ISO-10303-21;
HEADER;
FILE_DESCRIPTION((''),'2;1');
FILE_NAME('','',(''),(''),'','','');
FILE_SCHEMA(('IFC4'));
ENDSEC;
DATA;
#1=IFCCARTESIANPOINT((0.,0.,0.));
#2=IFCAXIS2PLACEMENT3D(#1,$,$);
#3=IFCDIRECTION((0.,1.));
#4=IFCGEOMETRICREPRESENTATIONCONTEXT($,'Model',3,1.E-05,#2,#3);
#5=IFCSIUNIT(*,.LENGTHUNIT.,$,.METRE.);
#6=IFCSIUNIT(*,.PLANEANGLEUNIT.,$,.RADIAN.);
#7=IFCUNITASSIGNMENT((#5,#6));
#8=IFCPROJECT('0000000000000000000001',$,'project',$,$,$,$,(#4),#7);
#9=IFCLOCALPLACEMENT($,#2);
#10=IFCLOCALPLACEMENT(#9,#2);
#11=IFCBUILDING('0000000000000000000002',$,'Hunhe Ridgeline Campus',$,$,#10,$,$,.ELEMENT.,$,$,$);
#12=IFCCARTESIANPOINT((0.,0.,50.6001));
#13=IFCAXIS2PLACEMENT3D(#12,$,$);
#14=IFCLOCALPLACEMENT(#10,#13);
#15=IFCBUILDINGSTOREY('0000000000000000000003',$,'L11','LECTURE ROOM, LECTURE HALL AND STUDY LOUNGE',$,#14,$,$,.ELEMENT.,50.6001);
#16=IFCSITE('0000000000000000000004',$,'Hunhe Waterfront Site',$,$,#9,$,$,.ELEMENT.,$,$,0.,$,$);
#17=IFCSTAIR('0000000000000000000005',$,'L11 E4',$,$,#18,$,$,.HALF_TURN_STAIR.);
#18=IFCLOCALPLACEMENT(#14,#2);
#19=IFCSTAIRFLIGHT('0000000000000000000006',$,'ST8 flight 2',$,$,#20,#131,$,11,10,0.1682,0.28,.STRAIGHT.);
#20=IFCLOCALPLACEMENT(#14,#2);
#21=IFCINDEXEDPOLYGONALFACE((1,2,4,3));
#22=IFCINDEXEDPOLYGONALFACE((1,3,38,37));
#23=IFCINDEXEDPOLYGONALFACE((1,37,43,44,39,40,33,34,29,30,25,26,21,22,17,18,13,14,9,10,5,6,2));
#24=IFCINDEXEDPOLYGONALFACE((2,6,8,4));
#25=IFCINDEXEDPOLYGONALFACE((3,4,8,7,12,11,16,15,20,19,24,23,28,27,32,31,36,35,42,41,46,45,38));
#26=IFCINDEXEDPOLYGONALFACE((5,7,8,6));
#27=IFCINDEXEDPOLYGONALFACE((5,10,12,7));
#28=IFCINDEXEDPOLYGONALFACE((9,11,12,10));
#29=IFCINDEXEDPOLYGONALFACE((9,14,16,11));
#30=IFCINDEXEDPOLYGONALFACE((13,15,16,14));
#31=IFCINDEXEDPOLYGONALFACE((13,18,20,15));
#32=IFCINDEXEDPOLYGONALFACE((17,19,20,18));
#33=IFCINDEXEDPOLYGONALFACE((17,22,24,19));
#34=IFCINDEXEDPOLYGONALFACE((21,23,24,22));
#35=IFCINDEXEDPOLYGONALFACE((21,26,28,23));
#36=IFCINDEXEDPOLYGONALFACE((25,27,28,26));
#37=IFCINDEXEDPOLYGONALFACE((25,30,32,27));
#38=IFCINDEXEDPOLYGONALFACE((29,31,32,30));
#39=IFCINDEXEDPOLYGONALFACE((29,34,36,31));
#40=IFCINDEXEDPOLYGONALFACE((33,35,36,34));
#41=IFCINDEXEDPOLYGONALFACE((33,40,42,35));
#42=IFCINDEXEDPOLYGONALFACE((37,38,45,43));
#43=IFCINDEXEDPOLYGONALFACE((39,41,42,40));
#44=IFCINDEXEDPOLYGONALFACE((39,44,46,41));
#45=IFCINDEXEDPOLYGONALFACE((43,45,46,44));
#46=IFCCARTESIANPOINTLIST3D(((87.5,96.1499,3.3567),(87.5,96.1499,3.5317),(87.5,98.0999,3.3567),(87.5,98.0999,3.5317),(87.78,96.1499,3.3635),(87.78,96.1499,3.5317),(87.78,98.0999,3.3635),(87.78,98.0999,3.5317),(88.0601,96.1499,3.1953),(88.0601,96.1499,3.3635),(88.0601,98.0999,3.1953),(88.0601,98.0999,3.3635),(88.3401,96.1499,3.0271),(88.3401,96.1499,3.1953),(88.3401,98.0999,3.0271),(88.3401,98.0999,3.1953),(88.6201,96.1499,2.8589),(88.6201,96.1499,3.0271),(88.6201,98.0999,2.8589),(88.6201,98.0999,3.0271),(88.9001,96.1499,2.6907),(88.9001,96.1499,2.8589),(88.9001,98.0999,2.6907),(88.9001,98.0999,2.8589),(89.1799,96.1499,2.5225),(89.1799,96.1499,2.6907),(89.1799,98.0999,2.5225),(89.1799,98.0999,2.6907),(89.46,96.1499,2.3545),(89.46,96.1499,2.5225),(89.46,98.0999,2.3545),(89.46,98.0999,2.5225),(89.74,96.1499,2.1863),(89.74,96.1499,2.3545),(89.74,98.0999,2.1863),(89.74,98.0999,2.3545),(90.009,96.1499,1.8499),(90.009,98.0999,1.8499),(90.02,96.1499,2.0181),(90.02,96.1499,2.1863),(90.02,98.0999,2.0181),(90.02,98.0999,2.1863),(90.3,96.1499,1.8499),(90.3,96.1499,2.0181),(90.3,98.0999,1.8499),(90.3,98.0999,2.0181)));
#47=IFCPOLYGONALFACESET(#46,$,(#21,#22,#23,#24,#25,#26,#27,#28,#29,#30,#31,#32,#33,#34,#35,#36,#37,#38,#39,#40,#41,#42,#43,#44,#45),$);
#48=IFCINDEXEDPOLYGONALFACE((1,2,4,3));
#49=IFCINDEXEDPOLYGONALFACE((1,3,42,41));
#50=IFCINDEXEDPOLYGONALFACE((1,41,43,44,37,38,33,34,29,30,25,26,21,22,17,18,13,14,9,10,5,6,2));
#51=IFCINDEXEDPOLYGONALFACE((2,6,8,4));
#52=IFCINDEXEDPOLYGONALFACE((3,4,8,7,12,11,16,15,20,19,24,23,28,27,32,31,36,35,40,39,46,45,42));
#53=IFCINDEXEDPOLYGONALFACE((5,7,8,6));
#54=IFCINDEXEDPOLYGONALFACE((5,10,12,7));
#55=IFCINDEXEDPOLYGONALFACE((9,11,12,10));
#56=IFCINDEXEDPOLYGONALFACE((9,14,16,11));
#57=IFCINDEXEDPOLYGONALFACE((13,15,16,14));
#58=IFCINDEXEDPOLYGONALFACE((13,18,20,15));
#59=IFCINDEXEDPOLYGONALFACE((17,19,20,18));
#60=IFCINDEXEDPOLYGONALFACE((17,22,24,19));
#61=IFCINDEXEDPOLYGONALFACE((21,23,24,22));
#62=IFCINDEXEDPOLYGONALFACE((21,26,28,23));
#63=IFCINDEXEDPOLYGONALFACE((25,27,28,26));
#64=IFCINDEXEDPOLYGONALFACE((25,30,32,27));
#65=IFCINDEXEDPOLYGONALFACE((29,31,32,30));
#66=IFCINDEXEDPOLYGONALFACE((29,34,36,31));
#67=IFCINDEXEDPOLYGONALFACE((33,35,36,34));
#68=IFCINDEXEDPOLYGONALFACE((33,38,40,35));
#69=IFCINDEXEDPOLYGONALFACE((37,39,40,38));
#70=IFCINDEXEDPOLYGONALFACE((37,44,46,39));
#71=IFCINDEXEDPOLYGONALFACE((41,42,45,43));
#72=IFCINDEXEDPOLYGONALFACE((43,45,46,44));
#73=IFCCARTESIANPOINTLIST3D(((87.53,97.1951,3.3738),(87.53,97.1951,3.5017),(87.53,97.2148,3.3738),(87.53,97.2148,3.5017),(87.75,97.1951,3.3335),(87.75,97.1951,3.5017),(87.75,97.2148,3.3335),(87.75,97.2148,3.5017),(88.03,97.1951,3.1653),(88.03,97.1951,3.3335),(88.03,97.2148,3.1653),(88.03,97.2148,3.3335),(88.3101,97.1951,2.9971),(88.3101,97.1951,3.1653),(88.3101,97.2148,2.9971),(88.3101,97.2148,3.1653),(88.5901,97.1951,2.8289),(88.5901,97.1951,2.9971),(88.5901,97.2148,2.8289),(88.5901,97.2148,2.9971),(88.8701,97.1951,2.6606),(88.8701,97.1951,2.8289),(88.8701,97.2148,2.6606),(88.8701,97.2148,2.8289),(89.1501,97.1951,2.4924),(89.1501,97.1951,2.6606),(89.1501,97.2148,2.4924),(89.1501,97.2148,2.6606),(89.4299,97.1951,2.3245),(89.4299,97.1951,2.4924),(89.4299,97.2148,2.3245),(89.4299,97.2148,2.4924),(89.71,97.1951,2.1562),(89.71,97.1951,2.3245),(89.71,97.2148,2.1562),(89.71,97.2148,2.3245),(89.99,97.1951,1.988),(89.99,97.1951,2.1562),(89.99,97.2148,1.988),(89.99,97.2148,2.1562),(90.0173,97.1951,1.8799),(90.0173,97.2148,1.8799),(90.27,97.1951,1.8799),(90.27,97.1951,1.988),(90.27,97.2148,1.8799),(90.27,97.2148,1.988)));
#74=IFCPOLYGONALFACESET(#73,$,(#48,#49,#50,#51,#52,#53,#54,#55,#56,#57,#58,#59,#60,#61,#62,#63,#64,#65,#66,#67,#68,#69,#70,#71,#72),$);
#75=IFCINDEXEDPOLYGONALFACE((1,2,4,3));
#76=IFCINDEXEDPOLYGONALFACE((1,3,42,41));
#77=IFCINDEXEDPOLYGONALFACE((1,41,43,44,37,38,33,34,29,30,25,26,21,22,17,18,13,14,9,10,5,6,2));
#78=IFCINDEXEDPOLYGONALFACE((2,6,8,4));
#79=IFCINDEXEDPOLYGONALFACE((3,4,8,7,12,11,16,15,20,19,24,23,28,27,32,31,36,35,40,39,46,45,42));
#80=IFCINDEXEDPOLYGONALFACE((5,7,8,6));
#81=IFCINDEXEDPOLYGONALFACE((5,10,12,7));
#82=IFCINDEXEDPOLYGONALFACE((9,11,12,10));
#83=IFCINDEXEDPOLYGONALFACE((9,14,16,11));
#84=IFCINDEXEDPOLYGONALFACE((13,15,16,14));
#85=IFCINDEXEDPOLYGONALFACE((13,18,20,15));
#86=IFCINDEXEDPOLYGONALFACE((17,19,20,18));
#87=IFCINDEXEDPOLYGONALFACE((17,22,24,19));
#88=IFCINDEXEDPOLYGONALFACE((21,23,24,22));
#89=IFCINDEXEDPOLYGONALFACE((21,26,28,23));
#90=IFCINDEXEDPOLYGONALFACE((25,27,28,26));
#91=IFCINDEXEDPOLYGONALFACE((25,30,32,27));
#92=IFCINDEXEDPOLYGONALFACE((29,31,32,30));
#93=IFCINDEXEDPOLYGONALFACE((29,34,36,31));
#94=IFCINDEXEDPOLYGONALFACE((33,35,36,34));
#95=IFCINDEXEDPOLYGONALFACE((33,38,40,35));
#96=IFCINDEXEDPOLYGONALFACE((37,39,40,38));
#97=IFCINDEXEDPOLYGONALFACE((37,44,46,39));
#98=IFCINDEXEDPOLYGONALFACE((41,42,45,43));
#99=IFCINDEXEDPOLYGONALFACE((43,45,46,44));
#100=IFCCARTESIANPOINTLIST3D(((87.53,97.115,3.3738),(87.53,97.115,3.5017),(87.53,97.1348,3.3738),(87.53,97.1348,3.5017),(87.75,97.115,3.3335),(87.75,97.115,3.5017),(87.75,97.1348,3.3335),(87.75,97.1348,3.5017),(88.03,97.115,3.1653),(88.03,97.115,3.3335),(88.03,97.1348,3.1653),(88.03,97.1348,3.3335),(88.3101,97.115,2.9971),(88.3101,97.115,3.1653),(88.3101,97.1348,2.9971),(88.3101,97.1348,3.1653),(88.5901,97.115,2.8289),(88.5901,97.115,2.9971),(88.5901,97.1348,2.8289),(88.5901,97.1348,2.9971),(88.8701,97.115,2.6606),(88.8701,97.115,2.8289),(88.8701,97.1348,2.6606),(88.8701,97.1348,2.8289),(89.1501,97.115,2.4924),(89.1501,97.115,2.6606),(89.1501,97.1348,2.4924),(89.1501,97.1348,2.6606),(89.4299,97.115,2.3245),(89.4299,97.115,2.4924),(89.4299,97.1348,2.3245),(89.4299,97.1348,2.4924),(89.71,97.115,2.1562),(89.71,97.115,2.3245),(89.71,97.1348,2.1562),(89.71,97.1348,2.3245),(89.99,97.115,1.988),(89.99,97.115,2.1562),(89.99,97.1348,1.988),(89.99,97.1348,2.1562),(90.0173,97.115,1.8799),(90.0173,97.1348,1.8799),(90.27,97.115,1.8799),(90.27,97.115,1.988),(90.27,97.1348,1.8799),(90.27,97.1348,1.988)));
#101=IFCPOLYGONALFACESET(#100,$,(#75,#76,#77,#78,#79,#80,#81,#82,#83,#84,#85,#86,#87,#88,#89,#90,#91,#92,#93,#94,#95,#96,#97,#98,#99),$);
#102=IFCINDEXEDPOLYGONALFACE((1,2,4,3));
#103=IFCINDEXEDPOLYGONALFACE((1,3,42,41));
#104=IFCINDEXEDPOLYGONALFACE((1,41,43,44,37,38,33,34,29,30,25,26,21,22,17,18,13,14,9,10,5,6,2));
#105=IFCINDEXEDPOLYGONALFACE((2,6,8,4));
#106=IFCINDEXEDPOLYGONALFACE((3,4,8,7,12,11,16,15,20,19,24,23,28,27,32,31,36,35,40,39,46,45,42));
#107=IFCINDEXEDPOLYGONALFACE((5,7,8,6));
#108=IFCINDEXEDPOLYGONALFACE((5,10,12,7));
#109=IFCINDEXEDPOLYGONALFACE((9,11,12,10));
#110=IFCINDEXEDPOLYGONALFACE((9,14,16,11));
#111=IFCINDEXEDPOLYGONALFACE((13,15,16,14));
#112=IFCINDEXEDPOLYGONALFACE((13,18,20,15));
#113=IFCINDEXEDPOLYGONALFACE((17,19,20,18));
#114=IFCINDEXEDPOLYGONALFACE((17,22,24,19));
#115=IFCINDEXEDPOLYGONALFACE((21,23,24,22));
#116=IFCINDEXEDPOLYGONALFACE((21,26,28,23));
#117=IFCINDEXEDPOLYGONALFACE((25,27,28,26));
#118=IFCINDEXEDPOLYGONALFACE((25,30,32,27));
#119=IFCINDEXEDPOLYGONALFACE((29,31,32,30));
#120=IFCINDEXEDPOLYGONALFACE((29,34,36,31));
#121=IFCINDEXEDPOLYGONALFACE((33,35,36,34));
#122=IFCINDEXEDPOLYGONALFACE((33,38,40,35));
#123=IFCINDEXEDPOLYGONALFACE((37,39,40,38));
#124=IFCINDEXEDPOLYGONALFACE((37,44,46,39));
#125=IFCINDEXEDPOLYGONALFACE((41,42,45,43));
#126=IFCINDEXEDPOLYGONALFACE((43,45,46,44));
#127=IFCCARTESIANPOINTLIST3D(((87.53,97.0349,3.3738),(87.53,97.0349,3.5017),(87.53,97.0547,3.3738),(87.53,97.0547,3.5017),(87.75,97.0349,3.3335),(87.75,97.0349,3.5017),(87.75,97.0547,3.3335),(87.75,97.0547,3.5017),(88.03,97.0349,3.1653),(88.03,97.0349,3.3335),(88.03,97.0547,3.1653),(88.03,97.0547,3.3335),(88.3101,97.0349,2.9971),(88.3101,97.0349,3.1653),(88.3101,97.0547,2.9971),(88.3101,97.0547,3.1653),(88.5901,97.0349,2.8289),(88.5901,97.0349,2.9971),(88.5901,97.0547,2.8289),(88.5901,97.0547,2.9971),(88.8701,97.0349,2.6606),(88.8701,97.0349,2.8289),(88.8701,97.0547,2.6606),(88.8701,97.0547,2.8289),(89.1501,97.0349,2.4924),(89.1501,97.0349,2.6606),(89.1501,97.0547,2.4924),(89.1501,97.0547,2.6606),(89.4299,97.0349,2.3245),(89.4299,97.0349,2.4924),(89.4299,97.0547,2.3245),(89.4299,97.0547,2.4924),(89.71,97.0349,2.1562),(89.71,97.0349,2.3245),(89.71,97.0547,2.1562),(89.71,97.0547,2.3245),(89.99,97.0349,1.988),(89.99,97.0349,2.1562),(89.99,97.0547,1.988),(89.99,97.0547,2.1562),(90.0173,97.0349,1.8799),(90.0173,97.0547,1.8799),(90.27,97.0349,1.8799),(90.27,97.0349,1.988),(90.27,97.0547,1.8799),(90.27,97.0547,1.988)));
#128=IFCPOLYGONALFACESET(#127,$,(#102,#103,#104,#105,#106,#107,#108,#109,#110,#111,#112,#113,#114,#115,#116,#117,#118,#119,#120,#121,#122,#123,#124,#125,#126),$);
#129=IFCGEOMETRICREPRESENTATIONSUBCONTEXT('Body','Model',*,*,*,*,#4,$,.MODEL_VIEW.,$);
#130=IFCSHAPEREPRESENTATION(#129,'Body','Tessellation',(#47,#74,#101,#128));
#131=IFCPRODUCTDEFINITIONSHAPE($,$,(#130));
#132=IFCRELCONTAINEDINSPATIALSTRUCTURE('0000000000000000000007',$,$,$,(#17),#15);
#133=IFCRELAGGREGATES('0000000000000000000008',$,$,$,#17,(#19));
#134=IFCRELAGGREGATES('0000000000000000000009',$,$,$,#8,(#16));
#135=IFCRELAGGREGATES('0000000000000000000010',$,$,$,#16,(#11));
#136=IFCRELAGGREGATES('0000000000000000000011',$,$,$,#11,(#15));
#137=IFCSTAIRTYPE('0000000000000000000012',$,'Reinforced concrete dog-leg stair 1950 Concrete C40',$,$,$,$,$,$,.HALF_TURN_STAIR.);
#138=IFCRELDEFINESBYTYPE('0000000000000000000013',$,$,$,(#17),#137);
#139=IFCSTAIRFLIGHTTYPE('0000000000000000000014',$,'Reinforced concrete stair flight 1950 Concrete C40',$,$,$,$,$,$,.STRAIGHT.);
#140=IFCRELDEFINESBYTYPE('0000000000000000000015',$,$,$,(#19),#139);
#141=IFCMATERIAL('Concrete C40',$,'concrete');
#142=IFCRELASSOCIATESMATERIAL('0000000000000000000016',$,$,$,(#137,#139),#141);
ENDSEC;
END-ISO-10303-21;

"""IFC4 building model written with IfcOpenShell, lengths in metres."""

from ifc_helpers import new_model, si_unit, direction, frame, origin, place, context, subcontext, project, spatial, polyline, outline, extrude, material, type_object, element, aggregate, save


model = new_model("IFC4")

# Units and contexts
model_context = context("Model", 3, precision=1e-05, world=origin(), true_north=direction((0.0, 1.0)))
body_context = subcontext(model_context, "Body", "Model", "MODEL_VIEW")
ifc_project = project(units=[si_unit("LENGTHUNIT", "METRE"), si_unit("PLANEANGLEUNIT", "RADIAN")], contexts=[model_context])

# Site, building, storey
site_placement = place(None, origin())
site = spatial("IfcSite", under=ifc_project, at=site_placement, Name="Hunhe Waterfront Site", CompositionType="ELEMENT", RefElevation=0.0)
building_placement = place(site_placement, origin())
building = spatial("IfcBuilding", under=site, at=building_placement, Name="Hunhe Ridgeline Campus", CompositionType="ELEMENT")
storey_placement = place(building_placement, frame((0.0, 0.0, 50.6001)))
storey = spatial("IfcBuildingStorey", under=building, at=storey_placement, Name="L11", Description="LECTURE ROOM, LECTURE HALL AND STUDY LOUNGE", CompositionType="ELEMENT", Elevation=50.6001)

# Stair, stair flight
ifc_material_1 = material(Name="Concrete C40", Category="concrete")
stair_type = type_object("IfcStairType", Name="Reinforced concrete dog-leg stair 1950 Concrete C40", PredefinedType="HALF_TURN_STAIR", material=ifc_material_1)
stair_placement = place(storey_placement, origin())
stair = element("IfcStair", 1, at=stair_placement, inside=storey, type_object=stair_type, Name="L11 E4", PredefinedType="HALF_TURN_STAIR")
stair_flight_type = type_object("IfcStairFlightType", Name="Reinforced concrete stair flight 1950 Concrete C40", PredefinedType="STRAIGHT", material=ifc_material_1)
stair_flight_1_placement = place(storey_placement, frame((90.3, 97.125, 1.8499), z_axis=(0.0, 0.0, 1.0), x_axis=(-1.0, 0.0, 0.0)))
stair_flight_1 = element("IfcStairFlight", 2, at=stair_flight_1_placement, type_object=stair_flight_type, Name="ST8 flight 2", NumberOfRisers=11, NumberOfTreads=10, PredefinedType="STRAIGHT", RiserHeight=0.1682, TreadLength=0.28, context=body_context, shape_type="SweptSolid", body=[
    extrude(outline(polyline([(0.0, 0.0), (0.0, 0.1682), (0.28, 0.1682), (0.28, 0.3364), (0.5601, 0.3364), (0.5601, 0.5046), (0.8401, 0.5046), (0.8401, 0.6726), (1.1201, 0.6726), (1.1201, 0.8408), (1.3999, 0.8408), (1.3999, 1.009), (1.6799, 1.009), (1.6799, 1.1772), (1.96, 1.1772), (1.96, 1.3455), (2.24, 1.3455), (2.24, 1.5137), (2.52, 1.5137), (2.52, 1.6819), (2.8, 1.6819), (2.8, 1.8501), (2.8, 1.5068), (0.291, 0.0), (0.0, 0.0)])), frame((0.0, 0.9751, 0.0), z_axis=(0.0, -1.0, 0.0), x_axis=(1.0, 0.0, 0.0)), (0.0, 0.0, 1.0), 1.95),
    extrude(outline(polyline([(0.03, 0.03), (0.03, 0.1382), (0.3101, 0.1382), (0.3101, 0.3064), (0.5901, 0.3064), (0.5901, 0.4746), (0.8701, 0.4746), (0.8701, 0.6426), (1.1499, 0.6426), (1.1499, 0.8108), (1.4299, 0.8108), (1.4299, 0.979), (1.71, 0.979), (1.71, 1.1472), (1.99, 1.1472), (1.99, 1.3154), (2.27, 1.3154), (2.27, 1.4836), (2.55, 1.4836), (2.55, 1.6519), (2.77, 1.6519), (2.77, 1.5239), (0.2827, 0.03), (0.03, 0.03)])), frame((0.0, -0.0701, 0.0), z_axis=(0.0, -1.0, 0.0), x_axis=(1.0, 0.0, 0.0)), (0.0, 0.0, 1.0), 0.0198),
    extrude(outline(polyline([(0.03, 0.03), (0.03, 0.1382), (0.3101, 0.1382), (0.3101, 0.3064), (0.5901, 0.3064), (0.5901, 0.4746), (0.8701, 0.4746), (0.8701, 0.6426), (1.1499, 0.6426), (1.1499, 0.8108), (1.4299, 0.8108), (1.4299, 0.979), (1.71, 0.979), (1.71, 1.1472), (1.99, 1.1472), (1.99, 1.3154), (2.27, 1.3154), (2.27, 1.4836), (2.55, 1.4836), (2.55, 1.6519), (2.77, 1.6519), (2.77, 1.5239), (0.2827, 0.03), (0.03, 0.03)])), frame((0.0, 0.01, 0.0), z_axis=(0.0, -1.0, 0.0), x_axis=(1.0, 0.0, 0.0)), (0.0, 0.0, 1.0), 0.0198),
    extrude(outline(polyline([(0.03, 0.03), (0.03, 0.1382), (0.3101, 0.1382), (0.3101, 0.3064), (0.5901, 0.3064), (0.5901, 0.4746), (0.8701, 0.4746), (0.8701, 0.6426), (1.1499, 0.6426), (1.1499, 0.8108), (1.4299, 0.8108), (1.4299, 0.979), (1.71, 0.979), (1.71, 1.1472), (1.99, 1.1472), (1.99, 1.3154), (2.27, 1.3154), (2.27, 1.4836), (2.55, 1.4836), (2.55, 1.6519), (2.77, 1.6519), (2.77, 1.5239), (0.2827, 0.03), (0.03, 0.03)])), frame((0.0, 0.0901, 0.0), z_axis=(0.0, -1.0, 0.0), x_axis=(1.0, 0.0, 0.0)), (0.0, 0.0, 1.0), 0.0198),
])
aggregate(stair, [stair_flight_1])

save(model, "model.ifc")
